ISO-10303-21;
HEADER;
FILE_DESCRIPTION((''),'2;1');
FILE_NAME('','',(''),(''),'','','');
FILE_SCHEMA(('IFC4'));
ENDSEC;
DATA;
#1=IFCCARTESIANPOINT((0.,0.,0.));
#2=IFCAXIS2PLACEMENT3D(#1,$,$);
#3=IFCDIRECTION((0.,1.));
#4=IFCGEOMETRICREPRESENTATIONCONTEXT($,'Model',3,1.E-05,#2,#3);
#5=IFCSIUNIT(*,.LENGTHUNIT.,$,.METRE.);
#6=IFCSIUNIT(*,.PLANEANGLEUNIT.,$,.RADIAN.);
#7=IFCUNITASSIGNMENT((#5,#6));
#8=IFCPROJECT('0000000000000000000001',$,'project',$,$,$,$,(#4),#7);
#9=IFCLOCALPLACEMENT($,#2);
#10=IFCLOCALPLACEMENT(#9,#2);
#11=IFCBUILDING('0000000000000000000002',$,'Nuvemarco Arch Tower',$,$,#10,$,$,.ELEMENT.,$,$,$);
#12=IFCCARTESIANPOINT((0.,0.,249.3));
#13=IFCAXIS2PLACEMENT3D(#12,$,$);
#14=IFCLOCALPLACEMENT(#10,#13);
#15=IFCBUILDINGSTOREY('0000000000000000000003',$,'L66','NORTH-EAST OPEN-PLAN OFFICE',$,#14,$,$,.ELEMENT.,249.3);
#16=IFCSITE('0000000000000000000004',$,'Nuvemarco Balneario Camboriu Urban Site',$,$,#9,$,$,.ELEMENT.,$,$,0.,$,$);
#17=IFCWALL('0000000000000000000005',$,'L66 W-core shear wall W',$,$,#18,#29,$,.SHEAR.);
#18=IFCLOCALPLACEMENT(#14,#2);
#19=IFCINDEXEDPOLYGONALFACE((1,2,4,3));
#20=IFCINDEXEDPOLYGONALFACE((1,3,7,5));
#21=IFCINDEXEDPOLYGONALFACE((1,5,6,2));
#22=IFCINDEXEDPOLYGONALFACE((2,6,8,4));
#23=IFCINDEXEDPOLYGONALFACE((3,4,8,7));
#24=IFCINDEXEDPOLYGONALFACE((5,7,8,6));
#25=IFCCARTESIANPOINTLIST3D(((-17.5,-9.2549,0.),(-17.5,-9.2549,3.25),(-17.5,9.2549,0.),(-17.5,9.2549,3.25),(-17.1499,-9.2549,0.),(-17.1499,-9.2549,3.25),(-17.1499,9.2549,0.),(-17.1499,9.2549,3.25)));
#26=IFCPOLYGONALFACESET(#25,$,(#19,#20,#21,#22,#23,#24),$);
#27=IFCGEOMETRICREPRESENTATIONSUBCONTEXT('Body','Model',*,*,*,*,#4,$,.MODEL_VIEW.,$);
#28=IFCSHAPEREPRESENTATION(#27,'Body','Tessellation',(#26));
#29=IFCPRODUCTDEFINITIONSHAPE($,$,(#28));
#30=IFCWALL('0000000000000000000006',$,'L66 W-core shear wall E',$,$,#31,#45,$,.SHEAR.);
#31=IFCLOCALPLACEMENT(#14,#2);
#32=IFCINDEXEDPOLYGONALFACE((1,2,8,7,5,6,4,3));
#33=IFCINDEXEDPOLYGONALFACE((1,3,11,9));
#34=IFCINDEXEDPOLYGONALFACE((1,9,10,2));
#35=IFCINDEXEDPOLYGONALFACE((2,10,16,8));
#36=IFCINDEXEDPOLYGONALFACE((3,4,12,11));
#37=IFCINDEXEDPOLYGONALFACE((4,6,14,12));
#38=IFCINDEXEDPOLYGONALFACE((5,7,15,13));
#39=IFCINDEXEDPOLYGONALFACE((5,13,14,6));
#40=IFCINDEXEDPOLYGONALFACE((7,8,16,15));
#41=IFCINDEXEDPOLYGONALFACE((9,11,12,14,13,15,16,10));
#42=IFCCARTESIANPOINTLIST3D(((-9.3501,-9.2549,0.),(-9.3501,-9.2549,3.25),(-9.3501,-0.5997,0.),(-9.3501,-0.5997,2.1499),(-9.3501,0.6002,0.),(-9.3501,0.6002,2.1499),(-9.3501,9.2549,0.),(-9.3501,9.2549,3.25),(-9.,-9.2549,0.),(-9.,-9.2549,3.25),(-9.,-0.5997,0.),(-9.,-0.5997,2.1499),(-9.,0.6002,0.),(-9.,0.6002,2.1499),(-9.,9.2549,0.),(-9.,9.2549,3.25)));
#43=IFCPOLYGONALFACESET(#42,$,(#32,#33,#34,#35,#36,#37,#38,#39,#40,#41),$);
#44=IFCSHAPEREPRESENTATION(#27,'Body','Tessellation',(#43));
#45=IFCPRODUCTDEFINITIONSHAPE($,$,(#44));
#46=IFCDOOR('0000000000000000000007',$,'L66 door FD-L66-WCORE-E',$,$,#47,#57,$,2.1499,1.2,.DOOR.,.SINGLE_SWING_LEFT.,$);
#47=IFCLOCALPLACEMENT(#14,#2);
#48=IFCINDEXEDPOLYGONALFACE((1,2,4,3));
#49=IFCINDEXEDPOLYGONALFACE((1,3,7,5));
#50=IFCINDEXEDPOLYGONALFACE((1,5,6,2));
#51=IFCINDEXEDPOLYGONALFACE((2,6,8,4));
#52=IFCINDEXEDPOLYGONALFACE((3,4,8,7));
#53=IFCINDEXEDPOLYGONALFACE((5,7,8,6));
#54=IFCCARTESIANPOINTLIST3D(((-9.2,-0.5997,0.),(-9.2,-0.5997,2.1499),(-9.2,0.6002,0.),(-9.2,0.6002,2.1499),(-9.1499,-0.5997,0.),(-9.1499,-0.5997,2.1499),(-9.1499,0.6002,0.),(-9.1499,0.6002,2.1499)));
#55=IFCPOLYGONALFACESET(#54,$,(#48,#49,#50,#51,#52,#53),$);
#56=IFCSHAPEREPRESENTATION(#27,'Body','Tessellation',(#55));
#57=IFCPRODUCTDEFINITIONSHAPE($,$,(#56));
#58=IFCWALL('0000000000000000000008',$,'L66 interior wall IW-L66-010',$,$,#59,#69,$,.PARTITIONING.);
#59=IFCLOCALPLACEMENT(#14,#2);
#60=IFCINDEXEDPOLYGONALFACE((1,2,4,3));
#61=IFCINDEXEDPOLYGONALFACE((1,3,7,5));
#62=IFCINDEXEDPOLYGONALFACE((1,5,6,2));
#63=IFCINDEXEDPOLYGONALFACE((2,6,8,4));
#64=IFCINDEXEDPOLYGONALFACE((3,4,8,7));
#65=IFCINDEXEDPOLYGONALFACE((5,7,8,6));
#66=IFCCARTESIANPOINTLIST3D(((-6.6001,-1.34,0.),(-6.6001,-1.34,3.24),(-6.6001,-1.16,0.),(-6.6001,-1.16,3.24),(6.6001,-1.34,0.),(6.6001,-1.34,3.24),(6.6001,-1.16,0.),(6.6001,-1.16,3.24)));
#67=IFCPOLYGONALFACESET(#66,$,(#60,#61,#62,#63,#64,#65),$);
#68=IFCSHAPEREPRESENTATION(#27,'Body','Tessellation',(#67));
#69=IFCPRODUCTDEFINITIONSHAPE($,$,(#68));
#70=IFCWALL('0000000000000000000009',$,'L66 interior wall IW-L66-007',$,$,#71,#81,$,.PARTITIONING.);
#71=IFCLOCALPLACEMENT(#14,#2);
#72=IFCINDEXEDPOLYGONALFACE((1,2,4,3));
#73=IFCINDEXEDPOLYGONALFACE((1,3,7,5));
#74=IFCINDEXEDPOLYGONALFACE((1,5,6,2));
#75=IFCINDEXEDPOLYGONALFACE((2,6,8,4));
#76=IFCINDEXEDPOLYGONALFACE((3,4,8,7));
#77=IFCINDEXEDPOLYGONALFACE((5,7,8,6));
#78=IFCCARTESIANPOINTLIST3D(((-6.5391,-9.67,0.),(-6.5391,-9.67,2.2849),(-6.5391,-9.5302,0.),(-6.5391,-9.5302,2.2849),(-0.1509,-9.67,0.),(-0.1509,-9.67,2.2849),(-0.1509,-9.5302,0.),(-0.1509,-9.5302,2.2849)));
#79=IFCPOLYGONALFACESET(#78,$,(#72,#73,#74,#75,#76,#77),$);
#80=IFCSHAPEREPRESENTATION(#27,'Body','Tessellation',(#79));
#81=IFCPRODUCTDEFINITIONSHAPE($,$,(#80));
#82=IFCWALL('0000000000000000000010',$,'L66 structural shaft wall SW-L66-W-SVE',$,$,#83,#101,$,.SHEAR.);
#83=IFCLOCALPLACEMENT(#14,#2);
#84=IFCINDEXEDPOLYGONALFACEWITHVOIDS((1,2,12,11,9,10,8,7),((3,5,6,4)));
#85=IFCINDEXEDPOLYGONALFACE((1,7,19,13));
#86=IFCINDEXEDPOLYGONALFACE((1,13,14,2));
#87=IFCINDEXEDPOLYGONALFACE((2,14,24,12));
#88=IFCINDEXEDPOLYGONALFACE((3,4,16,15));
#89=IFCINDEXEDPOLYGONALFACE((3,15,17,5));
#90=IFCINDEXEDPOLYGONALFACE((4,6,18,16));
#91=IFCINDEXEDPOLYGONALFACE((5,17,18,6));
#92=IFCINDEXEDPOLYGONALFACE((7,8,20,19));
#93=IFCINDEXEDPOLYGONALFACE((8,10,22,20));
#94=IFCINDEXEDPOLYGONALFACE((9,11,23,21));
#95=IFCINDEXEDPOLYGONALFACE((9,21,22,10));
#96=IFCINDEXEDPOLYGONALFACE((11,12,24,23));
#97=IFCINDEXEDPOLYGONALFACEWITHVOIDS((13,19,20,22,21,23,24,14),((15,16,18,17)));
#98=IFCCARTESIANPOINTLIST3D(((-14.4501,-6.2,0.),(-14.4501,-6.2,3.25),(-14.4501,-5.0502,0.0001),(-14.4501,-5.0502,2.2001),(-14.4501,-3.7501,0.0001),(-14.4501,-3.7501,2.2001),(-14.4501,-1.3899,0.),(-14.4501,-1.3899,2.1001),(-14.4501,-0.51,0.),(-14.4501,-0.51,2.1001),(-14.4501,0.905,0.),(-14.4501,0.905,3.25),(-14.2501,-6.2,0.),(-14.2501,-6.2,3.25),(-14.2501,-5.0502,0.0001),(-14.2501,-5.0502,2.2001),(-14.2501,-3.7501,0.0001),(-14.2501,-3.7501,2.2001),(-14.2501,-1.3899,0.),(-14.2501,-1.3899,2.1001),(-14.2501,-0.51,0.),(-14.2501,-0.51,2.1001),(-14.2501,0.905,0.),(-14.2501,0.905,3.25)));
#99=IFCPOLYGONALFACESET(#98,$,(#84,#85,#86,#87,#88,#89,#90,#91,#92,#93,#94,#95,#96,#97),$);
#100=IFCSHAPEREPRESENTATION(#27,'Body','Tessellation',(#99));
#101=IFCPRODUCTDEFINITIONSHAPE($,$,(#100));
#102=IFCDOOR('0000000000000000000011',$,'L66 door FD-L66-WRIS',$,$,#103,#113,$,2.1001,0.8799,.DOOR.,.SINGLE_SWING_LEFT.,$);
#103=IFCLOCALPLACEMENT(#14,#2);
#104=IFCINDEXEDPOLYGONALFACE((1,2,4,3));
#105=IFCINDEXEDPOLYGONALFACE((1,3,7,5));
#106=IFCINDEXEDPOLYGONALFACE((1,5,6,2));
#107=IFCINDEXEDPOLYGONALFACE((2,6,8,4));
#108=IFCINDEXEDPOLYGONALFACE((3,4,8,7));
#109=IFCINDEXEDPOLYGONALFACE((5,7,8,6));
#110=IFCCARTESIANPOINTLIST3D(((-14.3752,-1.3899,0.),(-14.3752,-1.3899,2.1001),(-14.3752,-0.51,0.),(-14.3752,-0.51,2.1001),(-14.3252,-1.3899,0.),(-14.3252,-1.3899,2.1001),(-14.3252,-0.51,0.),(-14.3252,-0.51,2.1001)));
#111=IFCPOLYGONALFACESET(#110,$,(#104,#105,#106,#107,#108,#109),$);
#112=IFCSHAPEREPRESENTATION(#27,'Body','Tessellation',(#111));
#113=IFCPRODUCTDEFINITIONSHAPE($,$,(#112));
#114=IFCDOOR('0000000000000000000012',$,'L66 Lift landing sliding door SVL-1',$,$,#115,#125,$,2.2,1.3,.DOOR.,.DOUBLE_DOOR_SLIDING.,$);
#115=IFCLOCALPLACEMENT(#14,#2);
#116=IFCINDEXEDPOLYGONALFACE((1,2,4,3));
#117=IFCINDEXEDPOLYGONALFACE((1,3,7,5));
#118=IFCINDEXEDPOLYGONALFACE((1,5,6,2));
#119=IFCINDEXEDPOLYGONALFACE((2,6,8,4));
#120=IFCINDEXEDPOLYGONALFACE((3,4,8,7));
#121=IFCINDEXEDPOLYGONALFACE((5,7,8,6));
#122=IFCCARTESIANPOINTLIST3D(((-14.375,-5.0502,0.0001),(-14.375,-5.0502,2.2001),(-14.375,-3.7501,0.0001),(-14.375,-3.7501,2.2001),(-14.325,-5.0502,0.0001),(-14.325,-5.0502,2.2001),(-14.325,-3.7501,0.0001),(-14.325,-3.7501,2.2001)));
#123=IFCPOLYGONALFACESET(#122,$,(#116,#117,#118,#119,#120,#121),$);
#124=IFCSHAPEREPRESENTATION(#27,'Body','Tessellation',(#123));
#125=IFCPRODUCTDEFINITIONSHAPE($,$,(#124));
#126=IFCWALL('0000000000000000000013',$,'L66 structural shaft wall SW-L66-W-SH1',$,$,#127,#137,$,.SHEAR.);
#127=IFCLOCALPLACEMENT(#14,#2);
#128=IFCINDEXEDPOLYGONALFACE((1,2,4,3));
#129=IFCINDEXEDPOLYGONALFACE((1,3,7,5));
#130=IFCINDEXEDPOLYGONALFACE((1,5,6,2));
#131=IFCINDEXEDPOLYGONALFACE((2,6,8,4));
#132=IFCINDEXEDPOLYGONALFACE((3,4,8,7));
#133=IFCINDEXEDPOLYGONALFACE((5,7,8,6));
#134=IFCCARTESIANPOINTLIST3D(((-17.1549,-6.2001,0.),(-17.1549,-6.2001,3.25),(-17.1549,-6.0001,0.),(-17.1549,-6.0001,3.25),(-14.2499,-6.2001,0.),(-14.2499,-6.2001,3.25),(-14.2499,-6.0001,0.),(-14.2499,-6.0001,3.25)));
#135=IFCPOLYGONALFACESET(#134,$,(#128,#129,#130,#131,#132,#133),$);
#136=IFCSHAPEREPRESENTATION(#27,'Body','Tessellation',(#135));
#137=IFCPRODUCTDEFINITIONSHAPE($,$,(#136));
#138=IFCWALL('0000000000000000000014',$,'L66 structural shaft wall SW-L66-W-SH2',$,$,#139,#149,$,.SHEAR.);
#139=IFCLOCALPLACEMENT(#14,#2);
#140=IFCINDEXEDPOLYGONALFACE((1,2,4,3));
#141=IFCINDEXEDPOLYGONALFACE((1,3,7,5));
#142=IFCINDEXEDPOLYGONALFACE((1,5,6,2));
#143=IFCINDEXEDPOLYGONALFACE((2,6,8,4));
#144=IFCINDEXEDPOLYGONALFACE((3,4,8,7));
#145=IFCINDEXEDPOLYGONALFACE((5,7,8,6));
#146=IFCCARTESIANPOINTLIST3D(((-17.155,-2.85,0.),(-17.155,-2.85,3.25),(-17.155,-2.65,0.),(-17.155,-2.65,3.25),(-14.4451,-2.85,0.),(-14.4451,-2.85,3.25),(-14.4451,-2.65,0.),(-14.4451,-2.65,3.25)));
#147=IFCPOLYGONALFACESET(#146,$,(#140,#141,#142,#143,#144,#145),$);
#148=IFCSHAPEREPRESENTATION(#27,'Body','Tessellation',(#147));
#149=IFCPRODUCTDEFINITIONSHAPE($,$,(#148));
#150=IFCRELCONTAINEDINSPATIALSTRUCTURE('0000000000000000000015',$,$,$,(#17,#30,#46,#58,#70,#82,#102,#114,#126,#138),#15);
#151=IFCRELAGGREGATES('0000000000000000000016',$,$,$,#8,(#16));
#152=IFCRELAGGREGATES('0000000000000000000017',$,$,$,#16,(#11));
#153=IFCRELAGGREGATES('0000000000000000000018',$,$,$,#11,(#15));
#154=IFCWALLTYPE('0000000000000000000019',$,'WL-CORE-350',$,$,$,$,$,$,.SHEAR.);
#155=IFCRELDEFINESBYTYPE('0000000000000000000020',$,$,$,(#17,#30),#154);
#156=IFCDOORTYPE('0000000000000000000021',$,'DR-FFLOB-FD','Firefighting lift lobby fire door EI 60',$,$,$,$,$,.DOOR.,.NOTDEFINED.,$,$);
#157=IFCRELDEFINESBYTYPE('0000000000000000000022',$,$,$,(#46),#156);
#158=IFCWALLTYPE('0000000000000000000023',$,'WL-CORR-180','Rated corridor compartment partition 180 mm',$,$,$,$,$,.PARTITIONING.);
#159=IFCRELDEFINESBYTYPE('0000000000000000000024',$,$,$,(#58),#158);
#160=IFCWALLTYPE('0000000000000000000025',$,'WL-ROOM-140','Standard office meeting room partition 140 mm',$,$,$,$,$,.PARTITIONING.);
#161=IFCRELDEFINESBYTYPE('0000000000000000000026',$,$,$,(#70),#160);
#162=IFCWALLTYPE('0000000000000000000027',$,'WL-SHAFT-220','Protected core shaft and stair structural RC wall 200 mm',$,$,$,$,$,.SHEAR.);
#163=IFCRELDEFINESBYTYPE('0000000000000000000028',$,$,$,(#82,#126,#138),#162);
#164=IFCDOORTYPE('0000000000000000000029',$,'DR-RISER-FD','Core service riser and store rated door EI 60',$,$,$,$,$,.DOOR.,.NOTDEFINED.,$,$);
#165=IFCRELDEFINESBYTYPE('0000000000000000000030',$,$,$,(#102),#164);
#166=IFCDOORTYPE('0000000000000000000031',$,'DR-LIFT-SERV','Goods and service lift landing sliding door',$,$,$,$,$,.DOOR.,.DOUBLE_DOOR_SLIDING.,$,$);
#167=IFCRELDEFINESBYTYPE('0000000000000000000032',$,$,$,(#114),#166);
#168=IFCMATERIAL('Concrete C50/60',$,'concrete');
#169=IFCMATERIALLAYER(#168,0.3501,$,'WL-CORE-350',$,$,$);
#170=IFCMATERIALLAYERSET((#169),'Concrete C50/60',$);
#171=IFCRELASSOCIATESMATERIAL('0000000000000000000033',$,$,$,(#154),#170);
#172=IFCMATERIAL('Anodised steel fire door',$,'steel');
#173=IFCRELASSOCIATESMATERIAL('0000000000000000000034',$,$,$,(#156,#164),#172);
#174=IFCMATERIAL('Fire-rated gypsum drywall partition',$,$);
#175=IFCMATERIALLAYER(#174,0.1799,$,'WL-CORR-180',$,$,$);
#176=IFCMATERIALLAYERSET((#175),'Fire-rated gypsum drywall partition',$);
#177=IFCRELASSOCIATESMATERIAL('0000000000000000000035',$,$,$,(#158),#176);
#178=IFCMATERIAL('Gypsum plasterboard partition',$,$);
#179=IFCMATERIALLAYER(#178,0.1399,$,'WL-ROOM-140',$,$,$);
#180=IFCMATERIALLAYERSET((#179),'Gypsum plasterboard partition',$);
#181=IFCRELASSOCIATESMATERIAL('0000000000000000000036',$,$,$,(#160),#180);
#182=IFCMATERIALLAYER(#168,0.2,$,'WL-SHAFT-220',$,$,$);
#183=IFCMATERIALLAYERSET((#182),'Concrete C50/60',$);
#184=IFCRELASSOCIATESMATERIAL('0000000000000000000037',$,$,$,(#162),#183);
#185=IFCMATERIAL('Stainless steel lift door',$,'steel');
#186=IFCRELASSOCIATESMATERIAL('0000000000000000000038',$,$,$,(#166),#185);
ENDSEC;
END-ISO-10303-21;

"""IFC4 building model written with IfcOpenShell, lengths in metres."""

from ifc_helpers import new_model, si_unit, direction, frame, frame_2d, origin, place, context, subcontext, project, spatial, rectangle, extrude, source, transform, mapped, material, layer, layer_set, type_object, type_shapes, element, fill, save


model = new_model("IFC4")

# Units and contexts
model_context = context("Model", 3, precision=1e-05, world=origin(), true_north=direction((0.0, 1.0)))
body_context = subcontext(model_context, "Body", "Model", "MODEL_VIEW")
ifc_project = project(units=[si_unit("LENGTHUNIT", "METRE"), si_unit("PLANEANGLEUNIT", "RADIAN")], contexts=[model_context])

# Site, building, storey
site_placement = place(None, origin())
site = spatial("IfcSite", under=ifc_project, at=site_placement, Name="Nuvemarco Balneario Camboriu Urban Site", CompositionType="ELEMENT", RefElevation=0.0)
building_placement = place(site_placement, origin())
building = spatial("IfcBuilding", under=site, at=building_placement, Name="Nuvemarco Arch Tower", CompositionType="ELEMENT")
storey_placement = place(building_placement, frame((0.0, 0.0, 249.3)))
storey = spatial("IfcBuildingStorey", under=building, at=storey_placement, Name="L66", Description="NORTH-EAST OPEN-PLAN OFFICE", CompositionType="ELEMENT", Elevation=249.3)

# Shared definitions
ifc_material_1 = material(Name="Concrete C50/60", Category="concrete")

# Wall
ifc_layer_1 = layer(ifc_material_1, 0.3501, Name="WL-CORE-350")
ifc_layer_set_1 = layer_set([ifc_layer_1], Name="Concrete C50/60")
wall_type_1 = type_object("IfcWallType", Name="WL-CORE-350", PredefinedType="SHEAR", material=ifc_layer_set_1)
wall_1_placement = place(storey_placement, frame((-17.325, -9.2549, 0.0), z_axis=(0.0, 0.0, 1.0), x_axis=(0.0, 1.0, 0.0)))
element("IfcWall", 1, at=wall_1_placement, inside=storey, type_object=wall_type_1, Name="L66 W-core shear wall W", PredefinedType="SHEAR", context=body_context, shape_type="SweptSolid", body=[
    extrude(rectangle(XDim=18.5098, YDim=0.3501, at=frame_2d((9.2549, 0.0))), origin(), (0.0, 0.0, 1.0), 3.25),
])

# Wall, opening, door
wall_2_placement = place(storey_placement, frame((-9.175, -9.2549, 0.0), z_axis=(0.0, 0.0, 1.0), x_axis=(0.0, 1.0, 0.0)))
wall_2 = element("IfcWall", 2, at=wall_2_placement, inside=storey, type_object=wall_type_1, Name="L66 W-core shear wall E", PredefinedType="SHEAR", context=body_context, shape_type="SweptSolid", body=[
    extrude(rectangle(XDim=18.5098, YDim=0.3501, at=frame_2d((9.2549, 0.0))), origin(), (0.0, 0.0, 1.0), 3.25),
])
opening_1_placement = place(wall_2_placement, frame((8.655, 0.0, 0.0)))
opening_1 = element("IfcOpeningElement", 3, at=opening_1_placement, cuts=wall_2, PredefinedType="OPENING", context=body_context, shape_type="SweptSolid", body=[
    extrude(rectangle(XDim=1.2, YDim=2.1499, at=frame_2d((0.6001, 1.075))), frame((0.0, 0.1851, 0.0), z_axis=(0.0, -1.0, 0.0), x_axis=(1.0, 0.0, 0.0)), (0.0, 0.0, 1.0), 0.3701),
])
ifc_material_2 = material(Name="Anodised steel fire door", Category="steel")
door_type_1 = type_object("IfcDoorType", Name="DR-FFLOB-FD", Description="Firefighting lift lobby fire door EI 60", OperationType="NOTDEFINED", PredefinedType="DOOR", material=ifc_material_2)
shared_shape_1 = source(origin(), body_context, "Body", "SweptSolid", [
    extrude(rectangle(XDim=1.2, YDim=2.1499, at=frame_2d((0.6001, 1.075))), frame((0.0, 0.0249, 0.0), z_axis=(0.0, -1.0, 0.0), x_axis=(1.0, 0.0, 0.0)), (0.0, 0.0, 1.0), 0.05),
])
type_shapes(door_type_1, [shared_shape_1])
door_1_placement = place(opening_1_placement, origin())
door_1 = element("IfcDoor", 4, at=door_1_placement, inside=storey, type_object=door_type_1, Name="L66 door FD-L66-WCORE-E", OperationType="SINGLE_SWING_LEFT", OverallHeight=2.1499, OverallWidth=1.2, PredefinedType="DOOR", context=body_context, shape_type="MappedRepresentation", body=[
    mapped(shared_shape_1, transform((0.0, 0.0, 0.0), scale=1.0)),
])
fill(opening_1, door_1)

# Walls
ifc_material_3 = material(Name="Fire-rated gypsum drywall partition")
ifc_layer_2 = layer(ifc_material_3, 0.1799, Name="WL-CORR-180")
ifc_layer_set_2 = layer_set([ifc_layer_2], Name="Fire-rated gypsum drywall partition")
wall_type_2 = type_object("IfcWallType", Name="WL-CORR-180", Description="Rated corridor compartment partition 180 mm", PredefinedType="PARTITIONING", material=ifc_layer_set_2)
wall_3_placement = place(storey_placement, frame((-6.6001, -1.25, 0.0), z_axis=(0.0, 0.0, 1.0), x_axis=(1.0, 0.0, 0.0)))
element("IfcWall", 5, at=wall_3_placement, inside=storey, type_object=wall_type_2, Name="L66 interior wall IW-L66-010", PredefinedType="PARTITIONING", context=body_context, shape_type="SweptSolid", body=[
    extrude(rectangle(XDim=13.2002, YDim=0.1799, at=frame_2d((6.6001, 0.0))), origin(), (0.0, 0.0, 1.0), 3.24),
])
ifc_material_4 = material(Name="Gypsum plasterboard partition")
ifc_layer_3 = layer(ifc_material_4, 0.1399, Name="WL-ROOM-140")
ifc_layer_set_3 = layer_set([ifc_layer_3], Name="Gypsum plasterboard partition")
wall_type_3 = type_object("IfcWallType", Name="WL-ROOM-140", Description="Standard office meeting room partition 140 mm", PredefinedType="PARTITIONING", material=ifc_layer_set_3)
wall_4_placement = place(storey_placement, frame((-6.5391, -9.6001, 0.0), z_axis=(0.0, 0.0, 1.0), x_axis=(1.0, 0.0, 0.0)))
element("IfcWall", 6, at=wall_4_placement, inside=storey, type_object=wall_type_3, Name="L66 interior wall IW-L66-007", PredefinedType="PARTITIONING", context=body_context, shape_type="SweptSolid", body=[
    extrude(rectangle(XDim=6.3882, YDim=0.1399, at=frame_2d((3.1941, 0.0))), origin(), (0.0, 0.0, 1.0), 2.2849),
])

# Shared definitions
ifc_layer_4 = layer(ifc_material_1, 0.2, Name="WL-SHAFT-220")
ifc_layer_set_4 = layer_set([ifc_layer_4], Name="Concrete C50/60")
wall_type_4 = type_object("IfcWallType", Name="WL-SHAFT-220", Description="Protected core shaft and stair structural RC wall 200 mm", PredefinedType="SHEAR", material=ifc_layer_set_4)
ifc_material_5 = material(Name="Stainless steel lift door", Category="steel")

# Wall, openings, doors
wall_5_placement = place(storey_placement, frame((-14.3501, -6.2, 0.0), z_axis=(0.0, 0.0, 1.0), x_axis=(0.0, 1.0, 0.0)))
wall_5 = element("IfcWall", 7, at=wall_5_placement, inside=storey, type_object=wall_type_4, Name="L66 structural shaft wall SW-L66-W-SVE", PredefinedType="SHEAR", context=body_context, shape_type="SweptSolid", body=[
    extrude(rectangle(XDim=7.105, YDim=0.2, at=frame_2d((3.5525, 0.0))), origin(), (0.0, 0.0, 1.0), 3.25),
])
opening_2_placement = place(wall_5_placement, frame((5.6899, 0.0, 0.0), z_axis=(0.0, 0.0, 1.0), x_axis=(-1.0, 0.0, 0.0)))
opening_2 = element("IfcOpeningElement", 8, at=opening_2_placement, cuts=wall_5, PredefinedType="OPENING", context=body_context, shape_type="SweptSolid", body=[
    extrude(rectangle(XDim=0.8799, YDim=2.1001, at=frame_2d((0.4399, 1.05))), frame((0.0, 0.1099, 0.0), z_axis=(0.0, -1.0, 0.0), x_axis=(1.0, 0.0, 0.0)), (0.0, 0.0, 1.0), 0.22),
])
opening_3_placement = place(wall_5_placement, frame((1.1499, 0.0, 0.0)))
opening_3 = element("IfcOpeningElement", 9, at=opening_3_placement, cuts=wall_5, PredefinedType="OPENING", context=body_context, shape_type="SweptSolid", body=[
    extrude(rectangle(XDim=1.3, YDim=2.2, at=frame_2d((0.6499, 1.1001))), frame((0.0, 0.1099, 0.0), z_axis=(0.0, -1.0, 0.0), x_axis=(1.0, 0.0, 0.0)), (0.0, 0.0, 1.0), 0.22),
])
door_type_2 = type_object("IfcDoorType", Name="DR-RISER-FD", Description="Core service riser and store rated door EI 60", OperationType="NOTDEFINED", PredefinedType="DOOR", material=ifc_material_2)
shared_shape_2 = source(origin(), body_context, "Body", "SweptSolid", [
    extrude(rectangle(XDim=0.8799, YDim=2.1001, at=frame_2d((0.4399, 1.05))), frame((0.0, 0.0249, 0.0), z_axis=(0.0, -1.0, 0.0), x_axis=(1.0, 0.0, 0.0)), (0.0, 0.0, 1.0), 0.05),
])
type_shapes(door_type_2, [shared_shape_2])
door_2_placement = place(opening_2_placement, origin())
door_2 = element("IfcDoor", 10, at=door_2_placement, inside=storey, type_object=door_type_2, Name="L66 door FD-L66-WRIS", OperationType="SINGLE_SWING_LEFT", OverallHeight=2.1001, OverallWidth=0.8799, PredefinedType="DOOR", context=body_context, shape_type="MappedRepresentation", body=[
    mapped(shared_shape_2, transform((0.0, 0.0, 0.0), scale=1.0)),
])
fill(opening_2, door_2)
door_type_3 = type_object("IfcDoorType", Name="DR-LIFT-SERV", Description="Goods and service lift landing sliding door", OperationType="DOUBLE_DOOR_SLIDING", PredefinedType="DOOR", material=ifc_material_5)
shared_shape_3 = source(origin(), body_context, "Body", "SweptSolid", [
    extrude(rectangle(XDim=1.3, YDim=2.2, at=frame_2d((0.6499, 1.1001))), frame((0.0, 0.0249, 0.0), z_axis=(0.0, -1.0, 0.0), x_axis=(1.0, 0.0, 0.0)), (0.0, 0.0, 1.0), 0.05),
])
type_shapes(door_type_3, [shared_shape_3])
door_3_placement = place(opening_3_placement, origin())
door_3 = element("IfcDoor", 11, at=door_3_placement, inside=storey, type_object=door_type_3, Name="L66 Lift landing sliding door SVL-1", OperationType="DOUBLE_DOOR_SLIDING", OverallHeight=2.2, OverallWidth=1.3, PredefinedType="DOOR", context=body_context, shape_type="MappedRepresentation", body=[
    mapped(shared_shape_3, transform((0.0, 0.0, 0.0), scale=1.0)),
])
fill(opening_3, door_3)

# Walls
wall_6_placement = place(storey_placement, frame((-17.155, -6.1001, 0.0), z_axis=(0.0, 0.0, 1.0), x_axis=(1.0, 0.0, 0.0)))
element("IfcWall", 12, at=wall_6_placement, inside=storey, type_object=wall_type_4, Name="L66 structural shaft wall SW-L66-W-SH1", PredefinedType="SHEAR", context=body_context, shape_type="SweptSolid", body=[
    extrude(rectangle(XDim=2.905, YDim=0.2, at=frame_2d((1.4526, 0.0))), origin(), (0.0, 0.0, 1.0), 3.25),
])
wall_7_placement = place(storey_placement, frame((-17.155, -2.75, 0.0), z_axis=(0.0, 0.0, 1.0), x_axis=(1.0, 0.0, 0.0)))
element("IfcWall", 13, at=wall_7_placement, inside=storey, type_object=wall_type_4, Name="L66 structural shaft wall SW-L66-W-SH2", PredefinedType="SHEAR", context=body_context, shape_type="SweptSolid", body=[
    extrude(rectangle(XDim=2.71, YDim=0.2, at=frame_2d((1.355, 0.0))), origin(), (0.0, 0.0, 1.0), 3.25),
])

save(model, "model.ifc")
